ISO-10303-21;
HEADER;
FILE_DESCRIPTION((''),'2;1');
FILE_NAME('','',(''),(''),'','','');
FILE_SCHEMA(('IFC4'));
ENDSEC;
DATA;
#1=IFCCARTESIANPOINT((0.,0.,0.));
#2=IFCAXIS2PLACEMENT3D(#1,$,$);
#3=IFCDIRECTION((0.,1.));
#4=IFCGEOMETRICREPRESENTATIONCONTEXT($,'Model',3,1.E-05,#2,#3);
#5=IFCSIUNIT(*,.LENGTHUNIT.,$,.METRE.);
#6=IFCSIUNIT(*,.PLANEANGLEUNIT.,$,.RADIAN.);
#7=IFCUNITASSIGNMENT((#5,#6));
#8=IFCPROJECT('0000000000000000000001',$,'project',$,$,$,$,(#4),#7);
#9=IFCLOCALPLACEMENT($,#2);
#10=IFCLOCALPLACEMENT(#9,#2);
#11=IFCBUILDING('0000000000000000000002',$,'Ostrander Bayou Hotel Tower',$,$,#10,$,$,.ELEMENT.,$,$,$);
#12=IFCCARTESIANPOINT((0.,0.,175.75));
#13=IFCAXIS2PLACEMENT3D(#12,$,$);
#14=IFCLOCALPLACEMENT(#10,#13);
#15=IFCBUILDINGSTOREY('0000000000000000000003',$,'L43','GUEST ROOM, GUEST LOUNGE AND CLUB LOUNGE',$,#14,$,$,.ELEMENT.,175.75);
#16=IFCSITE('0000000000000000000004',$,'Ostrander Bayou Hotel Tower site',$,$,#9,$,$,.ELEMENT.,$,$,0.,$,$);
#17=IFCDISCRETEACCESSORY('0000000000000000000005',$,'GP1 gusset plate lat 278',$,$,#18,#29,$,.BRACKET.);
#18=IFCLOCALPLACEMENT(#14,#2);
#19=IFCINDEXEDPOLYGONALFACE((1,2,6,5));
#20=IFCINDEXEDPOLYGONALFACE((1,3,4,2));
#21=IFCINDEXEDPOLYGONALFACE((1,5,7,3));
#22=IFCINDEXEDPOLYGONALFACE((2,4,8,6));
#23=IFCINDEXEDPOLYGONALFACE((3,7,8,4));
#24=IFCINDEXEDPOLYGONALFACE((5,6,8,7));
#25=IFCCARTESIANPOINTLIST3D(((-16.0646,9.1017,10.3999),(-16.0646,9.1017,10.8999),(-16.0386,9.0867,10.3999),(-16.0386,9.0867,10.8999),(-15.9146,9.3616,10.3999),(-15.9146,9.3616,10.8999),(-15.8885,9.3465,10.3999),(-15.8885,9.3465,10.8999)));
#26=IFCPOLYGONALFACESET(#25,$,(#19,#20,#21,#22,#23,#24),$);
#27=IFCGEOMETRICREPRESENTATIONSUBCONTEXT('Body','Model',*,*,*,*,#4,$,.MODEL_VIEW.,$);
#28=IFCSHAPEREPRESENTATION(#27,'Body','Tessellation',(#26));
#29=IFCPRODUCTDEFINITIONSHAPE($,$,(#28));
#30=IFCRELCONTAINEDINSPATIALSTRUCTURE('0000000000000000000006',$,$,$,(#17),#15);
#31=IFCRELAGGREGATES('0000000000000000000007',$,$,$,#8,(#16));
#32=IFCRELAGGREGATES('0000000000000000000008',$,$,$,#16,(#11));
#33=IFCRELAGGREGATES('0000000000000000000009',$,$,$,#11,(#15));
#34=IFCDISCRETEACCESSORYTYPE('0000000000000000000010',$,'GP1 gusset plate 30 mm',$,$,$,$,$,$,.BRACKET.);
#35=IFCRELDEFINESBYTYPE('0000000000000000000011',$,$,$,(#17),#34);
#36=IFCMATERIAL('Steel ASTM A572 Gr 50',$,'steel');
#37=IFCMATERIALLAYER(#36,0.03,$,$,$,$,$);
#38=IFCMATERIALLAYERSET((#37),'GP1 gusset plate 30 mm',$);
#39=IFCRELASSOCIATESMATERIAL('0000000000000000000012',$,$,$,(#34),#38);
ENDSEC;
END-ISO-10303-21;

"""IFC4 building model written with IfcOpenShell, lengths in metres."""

from ifc_helpers import new_model, si_unit, direction, frame, origin, origin_2d, place, context, subcontext, project, spatial, rectangle, extrude, material, layer, layer_set, type_object, element, save


model = new_model("IFC4")

# Units and contexts
model_context = context("Model", 3, precision=1e-05, world=origin(), true_north=direction((0.0, 1.0)))
body_context = subcontext(model_context, "Body", "Model", "MODEL_VIEW")
ifc_project = project(units=[si_unit("LENGTHUNIT", "METRE"), si_unit("PLANEANGLEUNIT", "RADIAN")], contexts=[model_context])

# Site, building, storey
site_placement = place(None, origin())
site = spatial("IfcSite", under=ifc_project, at=site_placement, Name="Ostrander Bayou Hotel Tower site", CompositionType="ELEMENT", RefElevation=0.0)
building_placement = place(site_placement, origin())
building = spatial("IfcBuilding", under=site, at=building_placement, Name="Ostrander Bayou Hotel Tower", CompositionType="ELEMENT")
storey_placement = place(building_placement, frame((0.0, 0.0, 175.75)))
storey = spatial("IfcBuildingStorey", under=building, at=storey_placement, Name="L43", Description="GUEST ROOM, GUEST LOUNGE AND CLUB LOUNGE", CompositionType="ELEMENT", Elevation=175.75)

# Discrete accessory
ifc_material_1 = material(Name="Steel ASTM A572 Gr 50", Category="steel")
ifc_layer_1 = layer(ifc_material_1, 0.03)
ifc_layer_set_1 = layer_set([ifc_layer_1], Name="GP1 gusset plate 30 mm")
discrete_accessory_type = type_object("IfcDiscreteAccessoryType", Name="GP1 gusset plate 30 mm", PredefinedType="BRACKET", material=ifc_layer_set_1)
for number, where, z_axis, x_axis, name in (
    (1, (-15.9766, 9.2241, 10.3999), (0.0, 0.0, 1.0), (-0.5, -0.866025, 0.0), "GP1 gusset plate lat 278"),
):
    element("IfcDiscreteAccessory", number, at=place(storey_placement, frame(where, z_axis=z_axis, x_axis=x_axis)), inside=storey, type_object=discrete_accessory_type, Name=name, PredefinedType="BRACKET", context=body_context, shape_type="SweptSolid", body=[
        extrude(rectangle(XDim=0.3, YDim=0.03, at=origin_2d()), origin(), (0.0, 0.0, 1.0), 0.5),
    ])

save(model, "model.ifc")
